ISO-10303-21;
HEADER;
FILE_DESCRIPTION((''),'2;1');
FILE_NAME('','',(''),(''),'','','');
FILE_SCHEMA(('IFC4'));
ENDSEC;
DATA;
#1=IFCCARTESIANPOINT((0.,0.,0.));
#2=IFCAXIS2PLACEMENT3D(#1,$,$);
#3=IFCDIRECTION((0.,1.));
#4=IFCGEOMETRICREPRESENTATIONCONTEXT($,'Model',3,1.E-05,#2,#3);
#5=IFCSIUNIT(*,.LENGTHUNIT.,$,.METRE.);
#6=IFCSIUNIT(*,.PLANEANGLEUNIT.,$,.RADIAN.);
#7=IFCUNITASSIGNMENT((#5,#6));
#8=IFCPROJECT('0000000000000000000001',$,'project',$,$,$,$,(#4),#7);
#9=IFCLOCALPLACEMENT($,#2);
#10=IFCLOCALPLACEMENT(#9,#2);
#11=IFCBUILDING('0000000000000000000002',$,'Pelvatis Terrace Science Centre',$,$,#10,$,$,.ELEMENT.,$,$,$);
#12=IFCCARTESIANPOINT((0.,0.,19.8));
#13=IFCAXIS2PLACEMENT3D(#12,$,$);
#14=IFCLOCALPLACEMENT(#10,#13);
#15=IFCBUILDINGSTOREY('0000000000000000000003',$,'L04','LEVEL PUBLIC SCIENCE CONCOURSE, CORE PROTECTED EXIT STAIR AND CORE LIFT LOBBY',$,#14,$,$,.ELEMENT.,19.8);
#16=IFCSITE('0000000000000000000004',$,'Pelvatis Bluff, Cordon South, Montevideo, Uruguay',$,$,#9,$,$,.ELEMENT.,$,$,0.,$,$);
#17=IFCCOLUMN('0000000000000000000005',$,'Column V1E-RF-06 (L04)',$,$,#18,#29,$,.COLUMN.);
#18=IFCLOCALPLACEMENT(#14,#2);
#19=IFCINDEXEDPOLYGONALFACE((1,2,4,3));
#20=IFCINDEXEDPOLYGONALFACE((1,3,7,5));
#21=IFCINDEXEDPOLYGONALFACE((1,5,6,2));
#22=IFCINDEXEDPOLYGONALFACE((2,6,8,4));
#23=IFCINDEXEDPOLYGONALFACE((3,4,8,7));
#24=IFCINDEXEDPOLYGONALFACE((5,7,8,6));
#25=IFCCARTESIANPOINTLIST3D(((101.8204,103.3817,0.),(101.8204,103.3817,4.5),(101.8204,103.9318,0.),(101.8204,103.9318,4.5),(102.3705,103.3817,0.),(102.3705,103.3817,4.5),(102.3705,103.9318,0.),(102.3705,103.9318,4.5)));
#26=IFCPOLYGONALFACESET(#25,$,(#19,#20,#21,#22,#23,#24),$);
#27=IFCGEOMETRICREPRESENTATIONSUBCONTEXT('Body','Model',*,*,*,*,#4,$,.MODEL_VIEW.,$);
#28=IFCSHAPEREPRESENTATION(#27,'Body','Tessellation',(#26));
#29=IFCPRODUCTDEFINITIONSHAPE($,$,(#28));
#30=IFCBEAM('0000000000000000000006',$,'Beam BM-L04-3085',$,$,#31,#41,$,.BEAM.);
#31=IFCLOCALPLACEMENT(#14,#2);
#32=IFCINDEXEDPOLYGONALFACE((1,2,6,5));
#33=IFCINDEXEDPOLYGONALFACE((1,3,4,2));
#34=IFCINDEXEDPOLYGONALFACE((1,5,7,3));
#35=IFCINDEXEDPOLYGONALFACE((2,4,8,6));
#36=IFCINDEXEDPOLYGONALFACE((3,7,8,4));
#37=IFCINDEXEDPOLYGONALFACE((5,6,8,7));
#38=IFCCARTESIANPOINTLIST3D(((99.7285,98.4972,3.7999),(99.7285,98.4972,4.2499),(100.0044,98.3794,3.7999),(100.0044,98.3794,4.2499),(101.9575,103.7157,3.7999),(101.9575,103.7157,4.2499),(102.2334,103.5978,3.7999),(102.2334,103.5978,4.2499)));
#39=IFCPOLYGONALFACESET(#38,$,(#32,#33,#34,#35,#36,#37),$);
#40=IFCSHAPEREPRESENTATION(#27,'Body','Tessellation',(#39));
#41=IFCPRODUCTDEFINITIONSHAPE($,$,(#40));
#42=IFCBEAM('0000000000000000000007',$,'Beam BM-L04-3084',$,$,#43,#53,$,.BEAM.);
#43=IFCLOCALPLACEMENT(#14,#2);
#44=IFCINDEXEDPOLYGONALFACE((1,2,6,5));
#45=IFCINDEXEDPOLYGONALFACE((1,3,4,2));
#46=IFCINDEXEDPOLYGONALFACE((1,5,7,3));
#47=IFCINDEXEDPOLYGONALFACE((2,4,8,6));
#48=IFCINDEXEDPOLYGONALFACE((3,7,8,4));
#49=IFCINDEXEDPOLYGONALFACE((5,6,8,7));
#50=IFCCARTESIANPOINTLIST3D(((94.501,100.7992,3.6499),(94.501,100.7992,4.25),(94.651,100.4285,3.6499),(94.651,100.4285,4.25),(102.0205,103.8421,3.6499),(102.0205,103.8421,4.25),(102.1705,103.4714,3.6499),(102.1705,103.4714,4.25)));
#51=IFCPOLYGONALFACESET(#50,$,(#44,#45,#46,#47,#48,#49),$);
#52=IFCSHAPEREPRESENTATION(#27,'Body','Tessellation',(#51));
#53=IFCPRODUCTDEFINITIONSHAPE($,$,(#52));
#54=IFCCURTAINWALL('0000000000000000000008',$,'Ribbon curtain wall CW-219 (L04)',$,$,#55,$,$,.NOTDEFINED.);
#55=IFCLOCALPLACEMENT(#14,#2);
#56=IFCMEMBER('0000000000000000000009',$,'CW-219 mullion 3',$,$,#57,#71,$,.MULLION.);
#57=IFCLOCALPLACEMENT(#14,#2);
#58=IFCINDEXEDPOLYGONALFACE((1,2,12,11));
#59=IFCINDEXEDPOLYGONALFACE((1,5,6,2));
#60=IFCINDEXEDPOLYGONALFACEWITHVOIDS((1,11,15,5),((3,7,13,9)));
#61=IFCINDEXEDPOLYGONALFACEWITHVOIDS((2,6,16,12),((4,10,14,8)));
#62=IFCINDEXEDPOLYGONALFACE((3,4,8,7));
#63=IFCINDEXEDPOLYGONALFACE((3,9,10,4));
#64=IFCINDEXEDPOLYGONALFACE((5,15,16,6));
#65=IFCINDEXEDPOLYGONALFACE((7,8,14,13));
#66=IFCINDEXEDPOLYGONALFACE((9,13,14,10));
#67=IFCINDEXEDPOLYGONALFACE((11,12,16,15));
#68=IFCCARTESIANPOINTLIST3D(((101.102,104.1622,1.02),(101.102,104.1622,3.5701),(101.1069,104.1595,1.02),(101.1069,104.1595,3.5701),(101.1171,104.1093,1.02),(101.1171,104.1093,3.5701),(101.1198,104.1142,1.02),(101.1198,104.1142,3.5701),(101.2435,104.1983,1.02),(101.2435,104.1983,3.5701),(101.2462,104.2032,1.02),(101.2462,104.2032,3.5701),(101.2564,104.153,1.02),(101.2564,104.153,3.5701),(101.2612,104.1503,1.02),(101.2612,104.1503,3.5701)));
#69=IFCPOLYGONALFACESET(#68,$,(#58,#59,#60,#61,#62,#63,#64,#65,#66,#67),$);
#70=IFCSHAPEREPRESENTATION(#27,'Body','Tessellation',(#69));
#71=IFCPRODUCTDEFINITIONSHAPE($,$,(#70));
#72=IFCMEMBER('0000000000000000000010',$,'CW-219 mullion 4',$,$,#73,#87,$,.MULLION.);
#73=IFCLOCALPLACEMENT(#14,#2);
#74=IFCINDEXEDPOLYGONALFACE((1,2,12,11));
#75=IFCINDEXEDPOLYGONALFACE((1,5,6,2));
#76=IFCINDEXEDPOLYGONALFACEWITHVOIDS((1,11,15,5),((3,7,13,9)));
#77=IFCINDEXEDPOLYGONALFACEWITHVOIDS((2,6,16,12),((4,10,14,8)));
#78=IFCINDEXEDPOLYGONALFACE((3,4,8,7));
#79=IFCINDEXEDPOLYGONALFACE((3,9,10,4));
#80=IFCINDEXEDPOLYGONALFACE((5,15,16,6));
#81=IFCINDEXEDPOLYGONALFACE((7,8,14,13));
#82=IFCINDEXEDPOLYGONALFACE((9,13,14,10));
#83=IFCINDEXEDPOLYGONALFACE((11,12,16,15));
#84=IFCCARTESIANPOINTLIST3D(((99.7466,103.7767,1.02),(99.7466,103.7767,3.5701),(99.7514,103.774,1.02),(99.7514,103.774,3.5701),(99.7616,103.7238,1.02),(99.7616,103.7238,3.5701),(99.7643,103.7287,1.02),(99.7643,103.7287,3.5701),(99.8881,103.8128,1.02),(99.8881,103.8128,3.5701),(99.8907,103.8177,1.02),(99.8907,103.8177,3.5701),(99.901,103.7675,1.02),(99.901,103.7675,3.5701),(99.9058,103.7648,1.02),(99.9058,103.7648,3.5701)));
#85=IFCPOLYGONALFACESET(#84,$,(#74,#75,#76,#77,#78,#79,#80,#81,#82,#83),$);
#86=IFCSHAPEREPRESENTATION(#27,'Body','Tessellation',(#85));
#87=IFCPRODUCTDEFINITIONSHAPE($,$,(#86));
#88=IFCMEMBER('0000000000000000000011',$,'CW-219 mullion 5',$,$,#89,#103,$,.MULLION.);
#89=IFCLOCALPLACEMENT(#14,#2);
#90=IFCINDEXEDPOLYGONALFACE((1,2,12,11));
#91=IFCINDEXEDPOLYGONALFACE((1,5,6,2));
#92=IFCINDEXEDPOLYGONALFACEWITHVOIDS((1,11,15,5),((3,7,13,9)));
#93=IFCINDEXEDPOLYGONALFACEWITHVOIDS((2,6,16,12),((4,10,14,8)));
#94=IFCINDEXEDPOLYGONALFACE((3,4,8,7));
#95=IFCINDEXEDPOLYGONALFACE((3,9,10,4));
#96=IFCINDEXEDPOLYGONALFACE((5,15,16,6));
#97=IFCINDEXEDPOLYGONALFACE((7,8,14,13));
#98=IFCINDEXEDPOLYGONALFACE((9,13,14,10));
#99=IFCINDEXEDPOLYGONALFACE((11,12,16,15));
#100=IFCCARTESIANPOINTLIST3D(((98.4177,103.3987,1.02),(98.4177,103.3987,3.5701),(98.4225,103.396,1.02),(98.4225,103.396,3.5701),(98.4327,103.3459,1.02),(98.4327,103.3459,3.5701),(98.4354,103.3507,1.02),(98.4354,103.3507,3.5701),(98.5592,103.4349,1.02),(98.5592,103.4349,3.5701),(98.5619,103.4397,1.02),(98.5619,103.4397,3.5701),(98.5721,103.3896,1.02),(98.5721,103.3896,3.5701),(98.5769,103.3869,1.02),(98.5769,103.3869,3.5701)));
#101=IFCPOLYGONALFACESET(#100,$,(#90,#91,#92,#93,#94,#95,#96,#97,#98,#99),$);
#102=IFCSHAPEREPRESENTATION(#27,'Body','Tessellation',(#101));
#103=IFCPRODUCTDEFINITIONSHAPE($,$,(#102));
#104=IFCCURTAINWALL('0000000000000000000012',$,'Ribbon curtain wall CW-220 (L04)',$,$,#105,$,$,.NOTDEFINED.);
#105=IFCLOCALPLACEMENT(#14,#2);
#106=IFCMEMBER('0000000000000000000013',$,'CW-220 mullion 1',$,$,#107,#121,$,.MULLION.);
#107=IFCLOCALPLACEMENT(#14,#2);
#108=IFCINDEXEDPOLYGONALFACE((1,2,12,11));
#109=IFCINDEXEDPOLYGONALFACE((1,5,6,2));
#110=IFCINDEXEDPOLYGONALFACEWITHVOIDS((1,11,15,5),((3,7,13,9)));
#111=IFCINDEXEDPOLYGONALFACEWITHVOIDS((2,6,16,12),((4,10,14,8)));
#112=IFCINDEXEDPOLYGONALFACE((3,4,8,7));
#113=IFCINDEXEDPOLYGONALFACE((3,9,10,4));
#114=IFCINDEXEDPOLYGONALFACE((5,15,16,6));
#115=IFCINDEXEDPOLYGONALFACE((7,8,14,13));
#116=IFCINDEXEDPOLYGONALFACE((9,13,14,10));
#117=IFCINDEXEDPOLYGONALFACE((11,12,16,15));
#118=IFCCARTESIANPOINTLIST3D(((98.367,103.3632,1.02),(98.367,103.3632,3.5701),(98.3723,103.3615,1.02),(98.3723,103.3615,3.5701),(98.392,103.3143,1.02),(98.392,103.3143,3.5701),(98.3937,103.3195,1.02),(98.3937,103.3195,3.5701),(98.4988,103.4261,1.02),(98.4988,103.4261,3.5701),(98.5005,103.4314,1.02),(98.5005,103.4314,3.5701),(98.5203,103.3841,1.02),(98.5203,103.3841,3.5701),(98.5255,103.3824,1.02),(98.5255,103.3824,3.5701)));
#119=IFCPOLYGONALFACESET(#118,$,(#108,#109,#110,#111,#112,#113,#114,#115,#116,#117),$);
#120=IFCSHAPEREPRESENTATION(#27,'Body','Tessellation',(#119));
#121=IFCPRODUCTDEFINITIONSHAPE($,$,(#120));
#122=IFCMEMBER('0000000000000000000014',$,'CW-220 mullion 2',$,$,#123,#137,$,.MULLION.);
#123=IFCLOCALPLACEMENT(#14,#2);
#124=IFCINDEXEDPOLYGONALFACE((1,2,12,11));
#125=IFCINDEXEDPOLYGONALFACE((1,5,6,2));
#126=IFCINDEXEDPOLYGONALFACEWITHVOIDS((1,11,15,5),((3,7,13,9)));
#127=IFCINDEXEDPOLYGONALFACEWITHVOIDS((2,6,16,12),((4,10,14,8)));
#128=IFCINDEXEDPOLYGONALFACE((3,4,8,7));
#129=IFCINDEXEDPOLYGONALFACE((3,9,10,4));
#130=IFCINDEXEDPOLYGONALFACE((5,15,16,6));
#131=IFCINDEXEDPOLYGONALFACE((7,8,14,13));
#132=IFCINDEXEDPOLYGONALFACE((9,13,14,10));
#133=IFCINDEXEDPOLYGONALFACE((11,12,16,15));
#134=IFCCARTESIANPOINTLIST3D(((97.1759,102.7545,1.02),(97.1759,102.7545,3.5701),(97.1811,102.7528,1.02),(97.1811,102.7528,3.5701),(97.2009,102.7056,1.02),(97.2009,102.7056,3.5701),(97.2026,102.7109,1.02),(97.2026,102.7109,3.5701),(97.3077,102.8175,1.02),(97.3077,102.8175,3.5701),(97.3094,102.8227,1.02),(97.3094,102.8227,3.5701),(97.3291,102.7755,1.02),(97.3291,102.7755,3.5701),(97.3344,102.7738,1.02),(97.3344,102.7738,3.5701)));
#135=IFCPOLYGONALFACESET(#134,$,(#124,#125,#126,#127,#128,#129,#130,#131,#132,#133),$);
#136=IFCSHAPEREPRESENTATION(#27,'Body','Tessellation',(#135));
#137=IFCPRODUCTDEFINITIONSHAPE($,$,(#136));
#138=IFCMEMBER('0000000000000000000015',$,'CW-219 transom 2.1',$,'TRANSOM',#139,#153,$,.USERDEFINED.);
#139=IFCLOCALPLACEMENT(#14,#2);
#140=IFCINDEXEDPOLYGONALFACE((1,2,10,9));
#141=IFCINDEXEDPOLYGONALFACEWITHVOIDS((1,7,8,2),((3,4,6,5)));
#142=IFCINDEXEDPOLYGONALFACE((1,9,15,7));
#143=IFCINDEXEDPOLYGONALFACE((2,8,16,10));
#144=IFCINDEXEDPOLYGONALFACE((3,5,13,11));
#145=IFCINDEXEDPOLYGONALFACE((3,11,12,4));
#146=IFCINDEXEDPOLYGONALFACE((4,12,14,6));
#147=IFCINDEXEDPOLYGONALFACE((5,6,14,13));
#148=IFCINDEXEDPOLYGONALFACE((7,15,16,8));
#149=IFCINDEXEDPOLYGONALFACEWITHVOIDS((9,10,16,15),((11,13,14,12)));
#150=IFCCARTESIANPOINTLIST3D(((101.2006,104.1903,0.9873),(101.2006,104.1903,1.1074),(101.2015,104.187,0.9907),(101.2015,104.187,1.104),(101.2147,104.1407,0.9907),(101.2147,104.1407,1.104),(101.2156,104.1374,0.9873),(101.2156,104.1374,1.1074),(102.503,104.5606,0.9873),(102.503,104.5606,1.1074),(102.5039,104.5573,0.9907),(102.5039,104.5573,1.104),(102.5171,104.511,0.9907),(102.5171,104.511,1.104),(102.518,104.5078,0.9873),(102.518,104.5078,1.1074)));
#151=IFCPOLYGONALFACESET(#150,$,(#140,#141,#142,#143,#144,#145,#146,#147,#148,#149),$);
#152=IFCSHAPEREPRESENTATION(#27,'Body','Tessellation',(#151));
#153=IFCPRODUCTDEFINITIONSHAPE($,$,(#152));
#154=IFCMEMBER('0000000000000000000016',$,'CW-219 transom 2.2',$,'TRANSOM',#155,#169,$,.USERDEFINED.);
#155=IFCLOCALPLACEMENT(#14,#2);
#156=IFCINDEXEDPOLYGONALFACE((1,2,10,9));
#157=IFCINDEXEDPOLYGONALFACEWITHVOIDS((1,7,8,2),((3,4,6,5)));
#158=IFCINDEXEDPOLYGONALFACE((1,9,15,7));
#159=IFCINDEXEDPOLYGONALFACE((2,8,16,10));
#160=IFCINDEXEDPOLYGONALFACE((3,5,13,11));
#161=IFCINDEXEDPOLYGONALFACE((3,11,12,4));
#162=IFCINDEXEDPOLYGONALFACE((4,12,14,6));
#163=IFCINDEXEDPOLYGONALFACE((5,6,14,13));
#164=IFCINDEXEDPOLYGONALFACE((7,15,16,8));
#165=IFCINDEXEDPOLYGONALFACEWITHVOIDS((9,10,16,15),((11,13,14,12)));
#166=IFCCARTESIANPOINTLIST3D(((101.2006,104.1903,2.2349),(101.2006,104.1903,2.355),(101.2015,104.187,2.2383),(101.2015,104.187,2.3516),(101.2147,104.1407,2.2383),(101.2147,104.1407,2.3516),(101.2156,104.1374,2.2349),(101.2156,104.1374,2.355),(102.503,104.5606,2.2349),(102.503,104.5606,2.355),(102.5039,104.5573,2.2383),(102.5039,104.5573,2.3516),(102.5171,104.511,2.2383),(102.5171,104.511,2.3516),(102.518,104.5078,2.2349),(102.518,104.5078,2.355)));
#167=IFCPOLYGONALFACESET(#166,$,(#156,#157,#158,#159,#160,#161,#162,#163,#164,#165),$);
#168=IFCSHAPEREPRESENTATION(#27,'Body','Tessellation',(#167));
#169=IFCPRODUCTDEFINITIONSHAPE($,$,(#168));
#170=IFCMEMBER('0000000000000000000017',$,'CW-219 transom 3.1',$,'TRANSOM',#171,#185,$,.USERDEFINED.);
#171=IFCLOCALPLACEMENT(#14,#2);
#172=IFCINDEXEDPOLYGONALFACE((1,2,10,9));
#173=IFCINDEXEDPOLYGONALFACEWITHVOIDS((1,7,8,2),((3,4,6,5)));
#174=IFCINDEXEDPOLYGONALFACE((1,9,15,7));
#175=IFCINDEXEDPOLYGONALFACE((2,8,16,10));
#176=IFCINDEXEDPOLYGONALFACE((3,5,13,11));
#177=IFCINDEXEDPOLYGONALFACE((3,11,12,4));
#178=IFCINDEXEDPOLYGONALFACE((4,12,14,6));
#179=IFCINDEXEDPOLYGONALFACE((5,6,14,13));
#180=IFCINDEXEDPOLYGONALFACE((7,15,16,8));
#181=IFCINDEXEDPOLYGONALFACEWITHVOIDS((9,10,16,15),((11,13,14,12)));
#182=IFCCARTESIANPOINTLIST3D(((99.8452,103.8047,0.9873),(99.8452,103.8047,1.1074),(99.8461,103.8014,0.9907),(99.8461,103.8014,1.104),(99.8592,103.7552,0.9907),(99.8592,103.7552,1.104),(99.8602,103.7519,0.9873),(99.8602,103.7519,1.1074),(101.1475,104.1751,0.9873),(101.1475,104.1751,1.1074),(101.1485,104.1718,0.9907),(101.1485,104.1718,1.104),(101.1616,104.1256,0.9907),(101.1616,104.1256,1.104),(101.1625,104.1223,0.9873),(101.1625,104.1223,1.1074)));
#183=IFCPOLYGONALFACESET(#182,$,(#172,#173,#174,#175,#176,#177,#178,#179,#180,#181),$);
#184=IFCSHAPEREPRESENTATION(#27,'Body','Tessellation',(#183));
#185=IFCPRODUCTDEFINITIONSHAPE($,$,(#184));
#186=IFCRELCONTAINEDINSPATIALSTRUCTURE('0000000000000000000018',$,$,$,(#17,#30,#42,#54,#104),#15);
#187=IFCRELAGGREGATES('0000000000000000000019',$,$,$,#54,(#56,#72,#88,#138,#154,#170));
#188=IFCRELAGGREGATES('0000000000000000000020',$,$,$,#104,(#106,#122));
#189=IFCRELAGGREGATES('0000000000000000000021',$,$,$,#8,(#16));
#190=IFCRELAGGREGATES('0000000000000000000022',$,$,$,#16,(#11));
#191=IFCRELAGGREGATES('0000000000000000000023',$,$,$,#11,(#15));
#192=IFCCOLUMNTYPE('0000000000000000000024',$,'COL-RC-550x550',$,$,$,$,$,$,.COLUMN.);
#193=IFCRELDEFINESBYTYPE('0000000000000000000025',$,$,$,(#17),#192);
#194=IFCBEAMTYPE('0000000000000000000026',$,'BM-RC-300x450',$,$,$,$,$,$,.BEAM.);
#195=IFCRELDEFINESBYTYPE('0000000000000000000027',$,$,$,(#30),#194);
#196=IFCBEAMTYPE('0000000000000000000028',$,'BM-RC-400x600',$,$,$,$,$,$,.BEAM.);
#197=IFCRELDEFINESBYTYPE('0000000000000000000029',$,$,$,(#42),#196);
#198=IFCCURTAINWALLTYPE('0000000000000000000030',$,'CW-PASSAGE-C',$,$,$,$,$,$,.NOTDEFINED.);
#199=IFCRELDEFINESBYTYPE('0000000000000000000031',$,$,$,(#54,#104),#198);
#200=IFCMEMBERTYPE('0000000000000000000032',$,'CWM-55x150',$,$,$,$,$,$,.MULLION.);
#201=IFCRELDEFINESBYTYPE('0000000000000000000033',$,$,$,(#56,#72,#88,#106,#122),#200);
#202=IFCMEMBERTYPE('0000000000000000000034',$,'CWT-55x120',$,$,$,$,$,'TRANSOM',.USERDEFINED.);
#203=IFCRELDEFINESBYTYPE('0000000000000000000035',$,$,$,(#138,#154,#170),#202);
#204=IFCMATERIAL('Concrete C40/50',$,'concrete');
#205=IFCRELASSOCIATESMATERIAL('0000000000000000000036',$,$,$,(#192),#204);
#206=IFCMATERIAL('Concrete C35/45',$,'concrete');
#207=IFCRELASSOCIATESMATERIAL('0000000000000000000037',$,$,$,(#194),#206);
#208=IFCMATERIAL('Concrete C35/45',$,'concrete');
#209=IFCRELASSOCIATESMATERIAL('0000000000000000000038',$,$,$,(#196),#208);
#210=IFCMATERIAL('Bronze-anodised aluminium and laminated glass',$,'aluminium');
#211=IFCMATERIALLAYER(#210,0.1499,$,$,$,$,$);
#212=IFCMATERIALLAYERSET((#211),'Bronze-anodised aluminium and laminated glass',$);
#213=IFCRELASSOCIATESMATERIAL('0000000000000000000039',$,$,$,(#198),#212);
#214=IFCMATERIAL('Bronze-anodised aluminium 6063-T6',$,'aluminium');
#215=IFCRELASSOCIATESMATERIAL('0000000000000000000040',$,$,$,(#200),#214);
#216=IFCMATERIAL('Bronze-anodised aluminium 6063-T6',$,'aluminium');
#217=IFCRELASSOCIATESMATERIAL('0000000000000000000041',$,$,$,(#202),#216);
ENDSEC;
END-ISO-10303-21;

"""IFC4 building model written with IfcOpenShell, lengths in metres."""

from ifc_helpers import new_model, si_unit, direction, frame, origin, origin_2d, place, context, subcontext, project, spatial, rectangle, hollow_rectangle, extrude, material, layer, layer_set, material_profile, profile_set, type_object, element, aggregate, save


model = new_model("IFC4")

# Units and contexts
model_context = context("Model", 3, precision=1e-05, world=origin(), true_north=direction((0.0, 1.0)))
body_context = subcontext(model_context, "Body", "Model", "MODEL_VIEW")
ifc_project = project(units=[si_unit("LENGTHUNIT", "METRE"), si_unit("PLANEANGLEUNIT", "RADIAN")], contexts=[model_context])

# Site, building, storey
site_placement = place(None, origin())
site = spatial("IfcSite", under=ifc_project, at=site_placement, Name="Pelvatis Bluff, Cordon South, Montevideo, Uruguay", CompositionType="ELEMENT", RefElevation=0.0)
building_placement = place(site_placement, origin())
building = spatial("IfcBuilding", under=site, at=building_placement, Name="Pelvatis Terrace Science Centre", CompositionType="ELEMENT")
storey_placement = place(building_placement, frame((0.0, 0.0, 19.8)))
storey = spatial("IfcBuildingStorey", under=building, at=storey_placement, Name="L04", Description="LEVEL PUBLIC SCIENCE CONCOURSE, CORE PROTECTED EXIT STAIR AND CORE LIFT LOBBY", CompositionType="ELEMENT", Elevation=19.8)

# Column
ifc_material_1 = material(Name="Concrete C40/50", Category="concrete")
ifc_material_profile_1 = material_profile(ifc_material_1, rectangle(XDim=0.55, YDim=0.55, at=origin_2d()), Name="RC-COL 550x550")
ifc_profile_set_1 = profile_set([ifc_material_profile_1], Name="Concrete C40/50")
column_type = type_object("IfcColumnType", Name="COL-RC-550x550", PredefinedType="COLUMN", material=ifc_profile_set_1)
column_placement = place(storey_placement, frame((102.0955, 103.6567, 0.0), z_axis=(0.0, 0.0, 1.0), x_axis=(1.0, 0.0, 0.0)))
element("IfcColumn", 1, at=column_placement, inside=storey, type_object=column_type, Name="Column V1E-RF-06 (L04)", PredefinedType="COLUMN", context=body_context, shape_type="SweptSolid", body=[
    extrude(rectangle(XDim=0.55, YDim=0.55, at=origin_2d()), origin(), (0.0, 0.0, 1.0), 4.5),
])

# Beams
ifc_material_2 = material(Name="Concrete C35/45", Category="concrete")
ifc_material_profile_2 = material_profile(ifc_material_2, rectangle(XDim=0.3, YDim=0.45, at=origin_2d()), Name="RC-BM 300x450")
ifc_profile_set_2 = profile_set([ifc_material_profile_2], Name="Concrete C35/45")
beam_type_1 = type_object("IfcBeamType", Name="BM-RC-300x450", PredefinedType="BEAM", material=ifc_profile_set_2)
beam_1_placement = place(storey_placement, frame((102.0955, 103.6567, 4.0249), z_axis=(-0.392803, -0.919623, 0.0), x_axis=(0.919623, -0.392803, 0.0)))
element("IfcBeam", 2, at=beam_1_placement, inside=storey, type_object=beam_type_1, Name="Beam BM-L04-3085", PredefinedType="BEAM", context=body_context, shape_type="SweptSolid", body=[
    extrude(rectangle(XDim=0.3, YDim=0.45, at=origin_2d()), origin(), (0.0, 0.0, 1.0), 5.6746),
])
ifc_material_3 = material(Name="Concrete C35/45", Category="concrete")
ifc_material_profile_3 = material_profile(ifc_material_3, rectangle(XDim=0.3999, YDim=0.6001, at=origin_2d()), Name="RC-BM 400x600")
ifc_profile_set_3 = profile_set([ifc_material_profile_3], Name="Concrete C35/45")
beam_type_2 = type_object("IfcBeamType", Name="BM-RC-400x600", PredefinedType="BEAM", material=ifc_profile_set_3)
beam_2_placement = place(storey_placement, frame((102.0955, 103.6567, 3.95), z_axis=(-0.926975, -0.375124, 0.0), x_axis=(0.375124, -0.926975, 0.0)))
element("IfcBeam", 3, at=beam_2_placement, inside=storey, type_object=beam_type_2, Name="Beam BM-L04-3084", PredefinedType="BEAM", context=body_context, shape_type="SweptSolid", body=[
    extrude(rectangle(XDim=0.3999, YDim=0.6001, at=origin_2d()), origin(), (0.0, 0.0, 1.0), 8.1118),
])

# Curtain walls, members
ifc_material_4 = material(Name="Bronze-anodised aluminium and laminated glass", Category="aluminium")
ifc_layer_1 = layer(ifc_material_4, 0.1499)
ifc_layer_set_1 = layer_set([ifc_layer_1], Name="Bronze-anodised aluminium and laminated glass")
curtain_wall_type = type_object("IfcCurtainWallType", Name="CW-PASSAGE-C", PredefinedType="NOTDEFINED", material=ifc_layer_set_1)
curtain_wall_1_placement = place(storey_placement, origin())
curtain_wall_1 = element("IfcCurtainWall", 4, at=curtain_wall_1_placement, inside=storey, type_object=curtain_wall_type, Name="Ribbon curtain wall CW-219 (L04)", PredefinedType="NOTDEFINED")
ifc_material_5 = material(Name="Bronze-anodised aluminium 6063-T6", Category="aluminium")
ifc_material_profile_4 = material_profile(ifc_material_5, hollow_rectangle(XDim=0.0549, YDim=0.1499, WallThickness=0.0039, at=origin_2d()), Name="ALU-MUL 55x150")
ifc_profile_set_4 = profile_set([ifc_material_profile_4], Name="Bronze-anodised aluminium 6063-T6")
member_type_1 = type_object("IfcMemberType", Name="CWM-55x150", PredefinedType="MULLION", material=ifc_profile_set_4)
member_1_placement = place(storey_placement, frame((101.1816, 104.1562, 1.02), z_axis=(0.0, 0.0, 1.0), x_axis=(0.273577, -0.96185, 0.0)))
member_1 = element("IfcMember", 5, at=member_1_placement, type_object=member_type_1, Name="CW-219 mullion 3", PredefinedType="MULLION", context=body_context, shape_type="SweptSolid", body=[
    extrude(hollow_rectangle(XDim=0.0549, YDim=0.1499, WallThickness=0.0039, at=origin_2d()), origin(), (0.0, 0.0, 1.0), 2.55),
])
member_2_placement = place(storey_placement, frame((99.8262, 103.7708, 1.02), z_axis=(0.0, 0.0, 1.0), x_axis=(0.273577, -0.96185, 0.0)))
member_2 = element("IfcMember", 6, at=member_2_placement, type_object=member_type_1, Name="CW-219 mullion 4", PredefinedType="MULLION", context=body_context, shape_type="SweptSolid", body=[
    extrude(hollow_rectangle(XDim=0.0549, YDim=0.1499, WallThickness=0.0039, at=origin_2d()), origin(), (0.0, 0.0, 1.0), 2.55),
])
member_3_placement = place(storey_placement, frame((98.4973, 103.3928, 1.02), z_axis=(0.0, 0.0, 1.0), x_axis=(0.273577, -0.96185, 0.0)))
member_3 = element("IfcMember", 7, at=member_3_placement, type_object=member_type_1, Name="CW-219 mullion 5", PredefinedType="MULLION", context=body_context, shape_type="SweptSolid", body=[
    extrude(hollow_rectangle(XDim=0.0549, YDim=0.1499, WallThickness=0.0039, at=origin_2d()), origin(), (0.0, 0.0, 1.0), 2.55),
])
curtain_wall_2_placement = place(storey_placement, origin())
curtain_wall_2 = element("IfcCurtainWall", 8, at=curtain_wall_2_placement, inside=storey, type_object=curtain_wall_type, Name="Ribbon curtain wall CW-220 (L04)", PredefinedType="NOTDEFINED")
member_4_placement = place(storey_placement, frame((98.4463, 103.3728, 1.02), z_axis=(0.0, 0.0, 1.0), x_axis=(0.454859, -0.890564, 0.0)))
member_4 = element("IfcMember", 9, at=member_4_placement, type_object=member_type_1, Name="CW-220 mullion 1", PredefinedType="MULLION", context=body_context, shape_type="SweptSolid", body=[
    extrude(hollow_rectangle(XDim=0.0549, YDim=0.1499, WallThickness=0.0039, at=origin_2d()), origin(), (0.0, 0.0, 1.0), 2.55),
])
member_5_placement = place(storey_placement, frame((97.2551, 102.7642, 1.02), z_axis=(0.0, 0.0, 1.0), x_axis=(0.454859, -0.890564, 0.0)))
member_5 = element("IfcMember", 10, at=member_5_placement, type_object=member_type_1, Name="CW-220 mullion 2", PredefinedType="MULLION", context=body_context, shape_type="SweptSolid", body=[
    extrude(hollow_rectangle(XDim=0.0549, YDim=0.1499, WallThickness=0.0039, at=origin_2d()), origin(), (0.0, 0.0, 1.0), 2.55),
])

# Members
ifc_material_6 = material(Name="Bronze-anodised aluminium 6063-T6", Category="aluminium")
ifc_material_profile_5 = material_profile(ifc_material_6, hollow_rectangle(XDim=0.0549, YDim=0.1201, WallThickness=0.0034, at=origin_2d()), Name="ALU-TRN 55x120")
ifc_profile_set_5 = profile_set([ifc_material_profile_5], Name="Bronze-anodised aluminium 6063-T6")
member_type_2 = type_object("IfcMemberType", Name="CWT-55x120", ElementType="TRANSOM", PredefinedType="USERDEFINED", material=ifc_profile_set_5)
member_6_placement = place(storey_placement, frame((102.5105, 104.5342, 1.0474), z_axis=(-0.96187, -0.273506, 0.0), x_axis=(0.273506, -0.96187, 0.0)))
member_6 = element("IfcMember", 11, at=member_6_placement, type_object=member_type_2, Name="CW-219 transom 2.1", ObjectType="TRANSOM", PredefinedType="USERDEFINED", context=body_context, shape_type="SweptSolid", body=[
    extrude(hollow_rectangle(XDim=0.0549, YDim=0.1201, WallThickness=0.0034, at=origin_2d()), origin(), (0.0, 0.0, 1.0), 1.354),
])
member_7_placement = place(storey_placement, frame((102.5105, 104.5342, 2.2949), z_axis=(-0.96187, -0.273506, 0.0), x_axis=(0.273506, -0.96187, 0.0)))
member_7 = element("IfcMember", 12, at=member_7_placement, type_object=member_type_2, Name="CW-219 transom 2.2", ObjectType="TRANSOM", PredefinedType="USERDEFINED", context=body_context, shape_type="SweptSolid", body=[
    extrude(hollow_rectangle(XDim=0.0549, YDim=0.1201, WallThickness=0.0034, at=origin_2d()), origin(), (0.0, 0.0, 1.0), 1.354),
])
member_8_placement = place(storey_placement, frame((101.155, 104.1487, 1.0474), z_axis=(-0.961857, -0.273554, 0.0), x_axis=(0.273554, -0.961857, 0.0)))
member_8 = element("IfcMember", 13, at=member_8_placement, type_object=member_type_2, Name="CW-219 transom 3.1", ObjectType="TRANSOM", PredefinedType="USERDEFINED", context=body_context, shape_type="SweptSolid", body=[
    extrude(hollow_rectangle(XDim=0.0549, YDim=0.1201, WallThickness=0.0034, at=origin_2d()), origin(), (0.0, 0.0, 1.0), 1.354),
])

aggregate(curtain_wall_1, [member_1, member_2, member_3, member_6, member_7, member_8])
aggregate(curtain_wall_2, [member_4, member_5])

save(model, "model.ifc")
